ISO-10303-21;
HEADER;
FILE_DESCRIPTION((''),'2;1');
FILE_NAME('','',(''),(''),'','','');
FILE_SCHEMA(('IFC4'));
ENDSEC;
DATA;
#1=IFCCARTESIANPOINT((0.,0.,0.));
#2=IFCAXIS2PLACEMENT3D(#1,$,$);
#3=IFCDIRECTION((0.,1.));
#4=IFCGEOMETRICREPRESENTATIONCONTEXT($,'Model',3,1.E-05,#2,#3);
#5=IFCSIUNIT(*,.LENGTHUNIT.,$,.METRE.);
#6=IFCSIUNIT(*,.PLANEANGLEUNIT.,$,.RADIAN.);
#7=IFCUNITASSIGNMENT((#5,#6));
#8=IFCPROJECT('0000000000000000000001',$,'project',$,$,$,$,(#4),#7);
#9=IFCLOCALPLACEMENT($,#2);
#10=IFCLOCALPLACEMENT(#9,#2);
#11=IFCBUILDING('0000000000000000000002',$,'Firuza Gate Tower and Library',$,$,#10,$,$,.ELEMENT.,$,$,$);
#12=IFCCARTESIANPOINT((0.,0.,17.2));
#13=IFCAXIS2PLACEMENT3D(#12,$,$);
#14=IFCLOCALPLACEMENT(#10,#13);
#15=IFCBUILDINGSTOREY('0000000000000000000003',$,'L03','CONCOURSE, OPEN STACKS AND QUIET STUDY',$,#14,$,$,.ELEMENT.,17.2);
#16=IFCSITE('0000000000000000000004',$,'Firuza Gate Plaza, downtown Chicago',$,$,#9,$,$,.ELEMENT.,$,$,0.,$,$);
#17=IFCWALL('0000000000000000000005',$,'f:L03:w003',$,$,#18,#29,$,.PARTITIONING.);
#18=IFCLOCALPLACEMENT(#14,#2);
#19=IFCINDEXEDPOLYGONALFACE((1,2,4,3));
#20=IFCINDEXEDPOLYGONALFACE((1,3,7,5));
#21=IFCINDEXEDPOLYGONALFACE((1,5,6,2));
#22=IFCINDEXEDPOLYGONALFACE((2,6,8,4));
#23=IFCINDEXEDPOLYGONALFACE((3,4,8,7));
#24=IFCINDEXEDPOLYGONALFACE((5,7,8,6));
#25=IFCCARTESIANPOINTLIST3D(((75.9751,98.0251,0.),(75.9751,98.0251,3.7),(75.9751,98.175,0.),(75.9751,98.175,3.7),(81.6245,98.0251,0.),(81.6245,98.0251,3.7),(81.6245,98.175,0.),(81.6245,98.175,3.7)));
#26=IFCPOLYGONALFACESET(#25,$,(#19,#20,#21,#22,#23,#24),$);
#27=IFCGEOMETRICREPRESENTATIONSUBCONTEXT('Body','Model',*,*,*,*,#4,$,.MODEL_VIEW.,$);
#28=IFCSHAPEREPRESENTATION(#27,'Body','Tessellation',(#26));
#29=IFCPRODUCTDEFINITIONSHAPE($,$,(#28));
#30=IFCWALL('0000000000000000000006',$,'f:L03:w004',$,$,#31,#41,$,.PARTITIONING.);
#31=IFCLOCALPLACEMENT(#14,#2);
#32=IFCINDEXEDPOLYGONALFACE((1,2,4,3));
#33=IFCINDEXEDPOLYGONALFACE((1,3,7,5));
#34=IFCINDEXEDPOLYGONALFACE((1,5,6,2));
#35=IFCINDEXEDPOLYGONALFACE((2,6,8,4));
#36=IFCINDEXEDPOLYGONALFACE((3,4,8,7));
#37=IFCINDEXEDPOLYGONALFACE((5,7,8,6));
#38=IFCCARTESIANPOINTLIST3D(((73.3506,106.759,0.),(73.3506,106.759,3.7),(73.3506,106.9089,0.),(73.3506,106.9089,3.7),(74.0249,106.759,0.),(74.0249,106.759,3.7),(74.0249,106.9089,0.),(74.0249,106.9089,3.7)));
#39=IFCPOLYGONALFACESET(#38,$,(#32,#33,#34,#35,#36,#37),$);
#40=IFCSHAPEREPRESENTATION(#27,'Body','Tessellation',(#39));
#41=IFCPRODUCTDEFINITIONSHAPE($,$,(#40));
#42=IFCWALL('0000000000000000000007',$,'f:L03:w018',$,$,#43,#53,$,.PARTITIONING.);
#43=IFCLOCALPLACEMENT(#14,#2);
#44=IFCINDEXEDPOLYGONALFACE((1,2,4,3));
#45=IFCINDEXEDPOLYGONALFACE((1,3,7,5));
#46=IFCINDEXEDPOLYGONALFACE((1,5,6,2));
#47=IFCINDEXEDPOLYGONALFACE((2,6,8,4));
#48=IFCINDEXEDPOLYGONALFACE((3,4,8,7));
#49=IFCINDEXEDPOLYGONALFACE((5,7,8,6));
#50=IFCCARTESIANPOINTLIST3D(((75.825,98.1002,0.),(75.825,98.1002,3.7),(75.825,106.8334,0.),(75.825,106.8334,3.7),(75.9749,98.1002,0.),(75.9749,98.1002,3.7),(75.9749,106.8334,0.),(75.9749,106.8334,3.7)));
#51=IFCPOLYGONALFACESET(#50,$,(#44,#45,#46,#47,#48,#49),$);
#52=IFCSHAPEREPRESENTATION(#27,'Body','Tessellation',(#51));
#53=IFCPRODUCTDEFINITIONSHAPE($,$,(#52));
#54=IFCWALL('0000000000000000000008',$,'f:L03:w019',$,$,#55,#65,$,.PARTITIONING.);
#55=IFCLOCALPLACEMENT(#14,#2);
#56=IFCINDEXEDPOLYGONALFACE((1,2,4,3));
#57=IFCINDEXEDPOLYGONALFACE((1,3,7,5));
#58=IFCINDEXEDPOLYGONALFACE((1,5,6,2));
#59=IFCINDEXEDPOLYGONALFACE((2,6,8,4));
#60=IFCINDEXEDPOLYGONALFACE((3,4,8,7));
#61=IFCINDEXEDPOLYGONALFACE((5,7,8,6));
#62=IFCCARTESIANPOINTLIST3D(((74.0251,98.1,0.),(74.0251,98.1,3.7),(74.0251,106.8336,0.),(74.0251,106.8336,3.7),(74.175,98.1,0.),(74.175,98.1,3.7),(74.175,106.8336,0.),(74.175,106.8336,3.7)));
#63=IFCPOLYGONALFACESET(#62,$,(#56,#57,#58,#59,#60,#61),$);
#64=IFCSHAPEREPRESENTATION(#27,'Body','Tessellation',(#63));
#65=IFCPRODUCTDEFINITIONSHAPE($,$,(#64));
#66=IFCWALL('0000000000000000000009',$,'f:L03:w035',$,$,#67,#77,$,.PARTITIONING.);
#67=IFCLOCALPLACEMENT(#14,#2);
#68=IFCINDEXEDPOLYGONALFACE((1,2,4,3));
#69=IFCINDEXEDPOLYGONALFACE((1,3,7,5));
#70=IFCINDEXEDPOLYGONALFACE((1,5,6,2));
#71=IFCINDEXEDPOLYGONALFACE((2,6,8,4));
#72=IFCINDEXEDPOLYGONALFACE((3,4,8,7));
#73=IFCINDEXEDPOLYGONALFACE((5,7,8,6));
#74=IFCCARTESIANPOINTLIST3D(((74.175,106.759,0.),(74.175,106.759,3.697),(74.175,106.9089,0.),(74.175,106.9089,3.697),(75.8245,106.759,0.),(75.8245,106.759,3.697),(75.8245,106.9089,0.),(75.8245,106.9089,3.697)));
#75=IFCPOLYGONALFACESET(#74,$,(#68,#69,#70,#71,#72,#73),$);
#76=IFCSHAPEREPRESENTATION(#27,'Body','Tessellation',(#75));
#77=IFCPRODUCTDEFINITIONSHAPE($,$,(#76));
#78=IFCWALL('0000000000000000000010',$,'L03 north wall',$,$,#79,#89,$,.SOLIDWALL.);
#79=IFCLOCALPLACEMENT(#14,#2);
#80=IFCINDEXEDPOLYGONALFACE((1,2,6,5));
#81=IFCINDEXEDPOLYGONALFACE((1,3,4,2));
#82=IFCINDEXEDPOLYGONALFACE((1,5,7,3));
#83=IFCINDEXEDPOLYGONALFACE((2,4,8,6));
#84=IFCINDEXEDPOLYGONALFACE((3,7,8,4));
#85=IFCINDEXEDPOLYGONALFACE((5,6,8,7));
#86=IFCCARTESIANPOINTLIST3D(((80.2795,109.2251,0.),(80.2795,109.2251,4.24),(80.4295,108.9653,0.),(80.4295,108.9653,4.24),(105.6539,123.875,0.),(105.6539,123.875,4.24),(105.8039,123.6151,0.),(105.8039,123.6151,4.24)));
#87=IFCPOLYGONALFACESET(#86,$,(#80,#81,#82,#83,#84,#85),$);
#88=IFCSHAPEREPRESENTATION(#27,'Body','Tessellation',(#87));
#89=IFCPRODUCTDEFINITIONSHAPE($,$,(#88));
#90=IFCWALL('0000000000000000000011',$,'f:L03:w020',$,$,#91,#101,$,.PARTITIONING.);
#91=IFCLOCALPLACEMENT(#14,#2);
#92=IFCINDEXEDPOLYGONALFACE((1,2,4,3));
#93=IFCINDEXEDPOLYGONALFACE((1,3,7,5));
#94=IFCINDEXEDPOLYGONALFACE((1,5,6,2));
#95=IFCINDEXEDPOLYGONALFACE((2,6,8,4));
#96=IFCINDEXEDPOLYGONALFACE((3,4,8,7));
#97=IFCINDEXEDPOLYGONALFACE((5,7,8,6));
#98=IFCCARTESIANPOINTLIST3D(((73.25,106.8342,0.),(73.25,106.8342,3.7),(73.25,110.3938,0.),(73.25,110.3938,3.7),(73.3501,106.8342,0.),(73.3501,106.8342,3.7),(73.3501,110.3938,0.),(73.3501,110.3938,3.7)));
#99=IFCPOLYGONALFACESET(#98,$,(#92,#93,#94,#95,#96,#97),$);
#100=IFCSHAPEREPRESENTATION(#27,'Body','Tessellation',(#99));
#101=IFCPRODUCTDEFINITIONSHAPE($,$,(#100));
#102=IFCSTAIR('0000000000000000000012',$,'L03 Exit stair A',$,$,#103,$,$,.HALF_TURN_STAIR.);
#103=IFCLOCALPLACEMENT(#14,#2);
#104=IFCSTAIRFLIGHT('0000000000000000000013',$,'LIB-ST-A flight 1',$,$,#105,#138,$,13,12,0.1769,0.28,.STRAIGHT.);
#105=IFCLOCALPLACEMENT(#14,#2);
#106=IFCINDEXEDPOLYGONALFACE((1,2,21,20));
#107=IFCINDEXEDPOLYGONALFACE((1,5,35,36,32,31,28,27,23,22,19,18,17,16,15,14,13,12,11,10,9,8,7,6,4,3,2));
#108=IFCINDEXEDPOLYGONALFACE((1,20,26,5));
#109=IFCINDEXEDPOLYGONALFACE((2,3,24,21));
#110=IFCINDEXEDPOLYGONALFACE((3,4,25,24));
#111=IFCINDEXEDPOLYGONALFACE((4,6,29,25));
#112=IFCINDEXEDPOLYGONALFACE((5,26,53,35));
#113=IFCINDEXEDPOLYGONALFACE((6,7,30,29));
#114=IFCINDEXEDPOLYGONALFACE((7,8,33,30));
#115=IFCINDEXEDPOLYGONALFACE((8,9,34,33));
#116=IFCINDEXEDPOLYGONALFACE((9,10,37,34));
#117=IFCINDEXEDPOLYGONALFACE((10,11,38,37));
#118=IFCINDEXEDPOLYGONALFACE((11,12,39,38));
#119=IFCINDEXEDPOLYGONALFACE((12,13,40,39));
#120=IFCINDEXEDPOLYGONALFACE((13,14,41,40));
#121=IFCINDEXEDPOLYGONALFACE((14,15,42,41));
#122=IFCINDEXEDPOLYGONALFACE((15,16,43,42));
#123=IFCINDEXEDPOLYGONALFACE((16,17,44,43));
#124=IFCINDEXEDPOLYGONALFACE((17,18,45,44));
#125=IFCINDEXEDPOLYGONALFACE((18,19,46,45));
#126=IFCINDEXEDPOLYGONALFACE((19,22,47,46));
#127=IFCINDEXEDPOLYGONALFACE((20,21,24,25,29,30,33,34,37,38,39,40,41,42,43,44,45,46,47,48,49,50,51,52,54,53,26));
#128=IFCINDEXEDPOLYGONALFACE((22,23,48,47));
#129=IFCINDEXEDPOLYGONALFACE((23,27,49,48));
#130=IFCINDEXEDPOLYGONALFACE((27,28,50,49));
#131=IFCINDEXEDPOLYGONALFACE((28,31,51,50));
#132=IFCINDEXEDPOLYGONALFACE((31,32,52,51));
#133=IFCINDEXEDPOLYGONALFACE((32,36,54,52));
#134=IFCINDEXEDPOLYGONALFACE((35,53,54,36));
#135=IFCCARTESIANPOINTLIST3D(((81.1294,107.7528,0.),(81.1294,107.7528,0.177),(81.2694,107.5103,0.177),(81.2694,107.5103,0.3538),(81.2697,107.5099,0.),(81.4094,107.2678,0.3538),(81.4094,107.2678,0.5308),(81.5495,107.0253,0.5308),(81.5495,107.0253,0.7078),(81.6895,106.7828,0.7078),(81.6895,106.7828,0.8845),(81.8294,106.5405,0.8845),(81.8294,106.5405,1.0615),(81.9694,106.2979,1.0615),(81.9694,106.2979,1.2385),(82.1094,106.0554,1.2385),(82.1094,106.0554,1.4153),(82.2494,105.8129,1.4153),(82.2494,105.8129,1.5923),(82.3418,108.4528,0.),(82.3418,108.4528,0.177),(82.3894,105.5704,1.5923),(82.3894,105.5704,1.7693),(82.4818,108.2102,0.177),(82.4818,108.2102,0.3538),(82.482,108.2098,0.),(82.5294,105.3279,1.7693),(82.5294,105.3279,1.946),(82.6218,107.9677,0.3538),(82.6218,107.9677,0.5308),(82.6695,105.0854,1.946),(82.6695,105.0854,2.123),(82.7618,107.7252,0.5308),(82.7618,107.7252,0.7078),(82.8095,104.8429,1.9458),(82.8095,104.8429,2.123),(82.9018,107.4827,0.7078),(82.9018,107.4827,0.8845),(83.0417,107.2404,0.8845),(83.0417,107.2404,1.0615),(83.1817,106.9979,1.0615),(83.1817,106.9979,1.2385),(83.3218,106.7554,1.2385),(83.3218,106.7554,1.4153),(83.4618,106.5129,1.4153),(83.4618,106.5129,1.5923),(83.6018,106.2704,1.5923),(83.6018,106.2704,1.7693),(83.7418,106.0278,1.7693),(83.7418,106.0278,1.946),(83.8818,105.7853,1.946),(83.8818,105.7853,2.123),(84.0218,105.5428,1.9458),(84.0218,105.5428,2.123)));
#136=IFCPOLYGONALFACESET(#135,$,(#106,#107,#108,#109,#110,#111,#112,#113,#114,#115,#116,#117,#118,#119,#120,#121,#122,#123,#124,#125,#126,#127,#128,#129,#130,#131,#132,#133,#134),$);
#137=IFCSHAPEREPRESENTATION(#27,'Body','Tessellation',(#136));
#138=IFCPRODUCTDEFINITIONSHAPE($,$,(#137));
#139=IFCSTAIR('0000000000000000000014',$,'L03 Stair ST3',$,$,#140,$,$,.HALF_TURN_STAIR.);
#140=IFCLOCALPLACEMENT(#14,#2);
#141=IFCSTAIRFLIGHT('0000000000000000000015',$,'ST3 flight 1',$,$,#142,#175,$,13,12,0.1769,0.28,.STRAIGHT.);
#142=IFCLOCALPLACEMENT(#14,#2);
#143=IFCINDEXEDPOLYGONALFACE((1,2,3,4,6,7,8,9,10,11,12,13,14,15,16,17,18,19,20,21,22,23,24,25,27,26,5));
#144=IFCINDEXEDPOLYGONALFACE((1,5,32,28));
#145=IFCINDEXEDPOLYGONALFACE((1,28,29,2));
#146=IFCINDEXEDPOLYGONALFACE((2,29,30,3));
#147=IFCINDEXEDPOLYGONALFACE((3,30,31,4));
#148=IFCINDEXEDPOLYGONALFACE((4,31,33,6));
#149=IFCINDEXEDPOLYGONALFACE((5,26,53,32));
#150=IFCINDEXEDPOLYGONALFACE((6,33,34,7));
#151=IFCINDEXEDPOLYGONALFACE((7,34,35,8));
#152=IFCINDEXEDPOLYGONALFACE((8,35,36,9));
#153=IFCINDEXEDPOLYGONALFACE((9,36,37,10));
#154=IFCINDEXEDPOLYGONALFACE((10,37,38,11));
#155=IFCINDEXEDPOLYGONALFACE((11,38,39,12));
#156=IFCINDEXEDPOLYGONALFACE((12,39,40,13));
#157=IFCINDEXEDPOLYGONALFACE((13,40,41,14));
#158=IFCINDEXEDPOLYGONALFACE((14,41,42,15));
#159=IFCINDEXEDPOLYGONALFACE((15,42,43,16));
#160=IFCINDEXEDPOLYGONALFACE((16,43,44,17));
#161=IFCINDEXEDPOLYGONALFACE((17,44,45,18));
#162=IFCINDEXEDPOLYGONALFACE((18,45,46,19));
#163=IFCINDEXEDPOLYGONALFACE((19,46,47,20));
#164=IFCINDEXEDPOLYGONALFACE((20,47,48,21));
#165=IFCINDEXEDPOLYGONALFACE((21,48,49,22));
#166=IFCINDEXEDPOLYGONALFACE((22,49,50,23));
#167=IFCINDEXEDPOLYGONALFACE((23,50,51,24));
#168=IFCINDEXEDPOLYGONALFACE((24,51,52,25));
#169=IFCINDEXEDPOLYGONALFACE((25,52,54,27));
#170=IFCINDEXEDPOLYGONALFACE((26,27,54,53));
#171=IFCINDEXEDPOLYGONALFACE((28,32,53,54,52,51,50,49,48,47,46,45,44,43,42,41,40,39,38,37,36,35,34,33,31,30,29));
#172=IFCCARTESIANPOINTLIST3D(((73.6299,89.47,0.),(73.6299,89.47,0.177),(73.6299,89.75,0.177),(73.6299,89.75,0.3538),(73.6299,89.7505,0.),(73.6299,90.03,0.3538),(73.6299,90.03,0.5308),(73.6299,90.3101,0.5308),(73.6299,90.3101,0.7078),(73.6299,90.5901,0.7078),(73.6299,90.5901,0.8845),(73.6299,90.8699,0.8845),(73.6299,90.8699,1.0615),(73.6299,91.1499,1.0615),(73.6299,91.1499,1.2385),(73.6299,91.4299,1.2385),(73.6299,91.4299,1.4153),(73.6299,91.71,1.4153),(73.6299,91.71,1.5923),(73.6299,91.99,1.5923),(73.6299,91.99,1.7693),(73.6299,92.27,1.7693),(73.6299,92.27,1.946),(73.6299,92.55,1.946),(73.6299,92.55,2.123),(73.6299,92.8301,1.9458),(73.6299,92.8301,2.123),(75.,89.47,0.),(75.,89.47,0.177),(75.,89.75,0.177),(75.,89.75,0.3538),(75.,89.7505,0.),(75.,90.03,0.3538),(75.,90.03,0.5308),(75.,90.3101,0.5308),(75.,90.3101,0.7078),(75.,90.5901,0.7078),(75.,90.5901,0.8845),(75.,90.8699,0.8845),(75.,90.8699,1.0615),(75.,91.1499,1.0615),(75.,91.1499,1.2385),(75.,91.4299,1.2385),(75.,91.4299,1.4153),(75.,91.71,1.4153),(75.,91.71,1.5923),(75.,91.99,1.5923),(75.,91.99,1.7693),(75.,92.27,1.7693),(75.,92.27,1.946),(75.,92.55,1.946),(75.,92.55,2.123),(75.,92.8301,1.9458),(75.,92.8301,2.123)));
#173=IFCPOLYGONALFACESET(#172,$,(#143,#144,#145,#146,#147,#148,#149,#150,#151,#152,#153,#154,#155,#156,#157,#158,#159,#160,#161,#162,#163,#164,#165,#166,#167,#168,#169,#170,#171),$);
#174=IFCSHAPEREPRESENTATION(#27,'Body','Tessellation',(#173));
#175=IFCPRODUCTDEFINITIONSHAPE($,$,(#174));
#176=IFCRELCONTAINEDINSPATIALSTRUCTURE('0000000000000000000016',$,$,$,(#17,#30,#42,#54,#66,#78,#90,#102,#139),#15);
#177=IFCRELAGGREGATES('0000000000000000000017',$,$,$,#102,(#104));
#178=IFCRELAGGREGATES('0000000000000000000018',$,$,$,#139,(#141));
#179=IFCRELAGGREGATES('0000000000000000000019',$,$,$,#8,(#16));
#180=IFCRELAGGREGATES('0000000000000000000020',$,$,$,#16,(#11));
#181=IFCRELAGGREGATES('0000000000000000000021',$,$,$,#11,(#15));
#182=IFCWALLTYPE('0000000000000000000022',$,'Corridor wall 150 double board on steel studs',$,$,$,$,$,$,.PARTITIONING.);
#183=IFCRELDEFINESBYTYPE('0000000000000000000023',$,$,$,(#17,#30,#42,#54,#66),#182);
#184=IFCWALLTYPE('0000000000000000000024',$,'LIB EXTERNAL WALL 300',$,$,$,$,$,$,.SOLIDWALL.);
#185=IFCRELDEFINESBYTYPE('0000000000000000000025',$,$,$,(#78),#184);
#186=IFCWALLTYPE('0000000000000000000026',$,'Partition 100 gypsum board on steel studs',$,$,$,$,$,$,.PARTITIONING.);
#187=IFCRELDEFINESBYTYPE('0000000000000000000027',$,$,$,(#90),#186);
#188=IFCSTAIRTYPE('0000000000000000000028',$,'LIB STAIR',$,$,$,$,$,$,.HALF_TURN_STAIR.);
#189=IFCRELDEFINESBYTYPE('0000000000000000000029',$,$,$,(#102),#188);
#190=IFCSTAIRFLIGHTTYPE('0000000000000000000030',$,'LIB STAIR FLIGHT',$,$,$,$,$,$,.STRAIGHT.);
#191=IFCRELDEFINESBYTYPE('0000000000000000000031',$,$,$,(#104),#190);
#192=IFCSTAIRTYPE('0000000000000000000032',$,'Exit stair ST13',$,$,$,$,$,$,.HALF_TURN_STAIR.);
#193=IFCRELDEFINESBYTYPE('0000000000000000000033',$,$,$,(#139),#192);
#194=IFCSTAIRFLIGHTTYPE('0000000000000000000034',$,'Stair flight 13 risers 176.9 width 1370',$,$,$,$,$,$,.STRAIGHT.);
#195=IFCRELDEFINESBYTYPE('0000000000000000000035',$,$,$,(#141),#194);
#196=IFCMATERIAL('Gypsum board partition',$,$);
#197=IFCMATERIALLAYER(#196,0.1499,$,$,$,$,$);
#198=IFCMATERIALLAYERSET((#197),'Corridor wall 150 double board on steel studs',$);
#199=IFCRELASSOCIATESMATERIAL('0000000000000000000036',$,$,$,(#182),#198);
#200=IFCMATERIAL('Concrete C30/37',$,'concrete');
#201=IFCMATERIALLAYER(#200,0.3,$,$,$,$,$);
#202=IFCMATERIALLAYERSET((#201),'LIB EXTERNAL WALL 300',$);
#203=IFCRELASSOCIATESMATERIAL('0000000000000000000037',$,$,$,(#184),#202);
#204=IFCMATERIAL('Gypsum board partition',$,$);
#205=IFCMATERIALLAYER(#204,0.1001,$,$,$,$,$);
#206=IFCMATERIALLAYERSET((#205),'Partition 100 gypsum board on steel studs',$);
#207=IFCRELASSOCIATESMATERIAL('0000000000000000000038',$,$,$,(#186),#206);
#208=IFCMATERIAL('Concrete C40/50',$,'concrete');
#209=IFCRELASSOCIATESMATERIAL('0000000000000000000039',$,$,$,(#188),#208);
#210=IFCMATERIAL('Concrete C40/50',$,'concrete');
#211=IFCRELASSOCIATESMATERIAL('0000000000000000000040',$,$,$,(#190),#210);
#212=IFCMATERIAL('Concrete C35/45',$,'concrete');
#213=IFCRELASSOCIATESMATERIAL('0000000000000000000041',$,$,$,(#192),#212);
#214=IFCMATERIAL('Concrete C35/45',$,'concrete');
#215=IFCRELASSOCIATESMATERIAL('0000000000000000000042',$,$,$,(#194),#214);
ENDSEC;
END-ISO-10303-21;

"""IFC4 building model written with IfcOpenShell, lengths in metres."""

from ifc_helpers import new_model, si_unit, direction, frame, frame_2d, origin, place, context, subcontext, project, spatial, polyline, rectangle, outline, extrude, material, layer, layer_set, type_object, element, aggregate, save


model = new_model("IFC4")

# Units and contexts
model_context = context("Model", 3, precision=1e-05, world=origin(), true_north=direction((0.0, 1.0)))
body_context = subcontext(model_context, "Body", "Model", "MODEL_VIEW")
ifc_project = project(units=[si_unit("LENGTHUNIT", "METRE"), si_unit("PLANEANGLEUNIT", "RADIAN")], contexts=[model_context])

# Site, building, storey
site_placement = place(None, origin())
site = spatial("IfcSite", under=ifc_project, at=site_placement, Name="Firuza Gate Plaza, downtown Chicago", CompositionType="ELEMENT", RefElevation=0.0)
building_placement = place(site_placement, origin())
building = spatial("IfcBuilding", under=site, at=building_placement, Name="Firuza Gate Tower and Library", CompositionType="ELEMENT")
storey_placement = place(building_placement, frame((0.0, 0.0, 17.2)))
storey = spatial("IfcBuildingStorey", under=building, at=storey_placement, Name="L03", Description="CONCOURSE, OPEN STACKS AND QUIET STUDY", CompositionType="ELEMENT", Elevation=17.2)

# Shared definitions
placement = place(storey_placement, origin())

# Walls
ifc_material_1 = material(Name="Gypsum board partition")
ifc_layer_1 = layer(ifc_material_1, 0.1499)
ifc_layer_set_1 = layer_set([ifc_layer_1], Name="Corridor wall 150 double board on steel studs")
wall_type_1 = type_object("IfcWallType", Name="Corridor wall 150 double board on steel studs", PredefinedType="PARTITIONING", material=ifc_layer_set_1)
wall_1_placement = place(storey_placement, frame((75.9751, 98.1001, 0.0), z_axis=(0.0, 0.0, 1.0), x_axis=(1.0, 0.0, 0.0)))
element("IfcWall", 1, at=wall_1_placement, inside=storey, type_object=wall_type_1, Name="f:L03:w003", PredefinedType="PARTITIONING", context=body_context, shape_type="SweptSolid", body=[
    extrude(rectangle(XDim=5.6494, YDim=0.1499, at=frame_2d((2.8247, 0.0))), origin(), (0.0, 0.0, 1.0), 3.7),
])
wall_2_placement = place(storey_placement, frame((73.3506, 106.834, 0.0), z_axis=(0.0, 0.0, 1.0), x_axis=(1.0, 0.0, 0.0)))
element("IfcWall", 2, at=wall_2_placement, inside=storey, type_object=wall_type_1, Name="f:L03:w004", PredefinedType="PARTITIONING", context=body_context, shape_type="SweptSolid", body=[
    extrude(rectangle(XDim=0.6743, YDim=0.1499, at=frame_2d((0.3372, 0.0))), origin(), (0.0, 0.0, 1.0), 3.7),
])
wall_3_placement = place(storey_placement, frame((75.8999, 98.1001, 0.0), z_axis=(0.0, 0.0, 1.0), x_axis=(0.0, 1.0, 0.0)))
element("IfcWall", 3, at=wall_3_placement, inside=storey, type_object=wall_type_1, Name="f:L03:w018", PredefinedType="PARTITIONING", context=body_context, shape_type="SweptSolid", body=[
    extrude(rectangle(XDim=8.7332, YDim=0.1499, at=frame_2d((4.3667, 0.0))), origin(), (0.0, 0.0, 1.0), 3.7),
])
wall_4_placement = place(storey_placement, frame((74.1001, 98.1001, 0.0), z_axis=(0.0, 0.0, 1.0), x_axis=(0.0, 1.0, 0.0)))
element("IfcWall", 4, at=wall_4_placement, inside=storey, type_object=wall_type_1, Name="f:L03:w019", PredefinedType="PARTITIONING", context=body_context, shape_type="SweptSolid", body=[
    extrude(rectangle(XDim=8.7336, YDim=0.1499, at=frame_2d((4.3667, 0.0))), origin(), (0.0, 0.0, 1.0), 3.7),
])
wall_5_placement = place(storey_placement, frame((74.175, 106.834, 0.0), z_axis=(0.0, 0.0, 1.0), x_axis=(1.0, 0.0, 0.0)))
element("IfcWall", 5, at=wall_5_placement, inside=storey, type_object=wall_type_1, Name="f:L03:w035", PredefinedType="PARTITIONING", context=body_context, shape_type="SweptSolid", body=[
    extrude(rectangle(XDim=1.6494, YDim=0.1499, at=frame_2d((0.8247, 0.0))), origin(), (0.0, 0.0, 1.0), 3.697),
])
ifc_material_2 = material(Name="Concrete C30/37", Category="concrete")
ifc_layer_2 = layer(ifc_material_2, 0.3)
ifc_layer_set_2 = layer_set([ifc_layer_2], Name="LIB EXTERNAL WALL 300")
wall_type_2 = type_object("IfcWallType", Name="LIB EXTERNAL WALL 300", PredefinedType="SOLIDWALL", material=ifc_layer_set_2)
wall_6_placement = place(storey_placement, frame((80.3545, 109.0952, 0.0), z_axis=(0.0, 0.0, 1.0), x_axis=(0.866027, 0.499998, 0.0)))
element("IfcWall", 6, at=wall_6_placement, inside=storey, type_object=wall_type_2, Name="L03 north wall", PredefinedType="SOLIDWALL", context=body_context, shape_type="SweptSolid", body=[
    extrude(rectangle(XDim=29.2998, YDim=0.3, at=frame_2d((14.6499, 0.0))), origin(), (0.0, 0.0, 1.0), 4.24),
])
ifc_material_3 = material(Name="Gypsum board partition")
ifc_layer_3 = layer(ifc_material_3, 0.1001)
ifc_layer_set_3 = layer_set([ifc_layer_3], Name="Partition 100 gypsum board on steel studs")
wall_type_3 = type_object("IfcWallType", Name="Partition 100 gypsum board on steel studs", PredefinedType="PARTITIONING", material=ifc_layer_set_3)
wall_7_placement = place(storey_placement, frame((73.3, 106.8342, 0.0), z_axis=(0.0, 0.0, 1.0), x_axis=(0.0, 1.0, 0.0)))
element("IfcWall", 7, at=wall_7_placement, inside=storey, type_object=wall_type_3, Name="f:L03:w020", PredefinedType="PARTITIONING", context=body_context, shape_type="SweptSolid", body=[
    extrude(rectangle(XDim=3.5596, YDim=0.1001, at=frame_2d((1.7798, 0.0))), origin(), (0.0, 0.0, 1.0), 3.7),
])

# Stairs, stair flights
ifc_material_4 = material(Name="Concrete C40/50", Category="concrete")
stair_type_1 = type_object("IfcStairType", Name="LIB STAIR", PredefinedType="HALF_TURN_STAIR", material=ifc_material_4)
stair_1 = element("IfcStair", 8, at=placement, inside=storey, type_object=stair_type_1, Name="L03 Exit stair A", PredefinedType="HALF_TURN_STAIR")
ifc_material_5 = material(Name="Concrete C40/50", Category="concrete")
stair_flight_type_1 = type_object("IfcStairFlightType", Name="LIB STAIR FLIGHT", PredefinedType="STRAIGHT", material=ifc_material_5)
stair_flight_1_placement = place(storey_placement, frame((81.7356, 108.1028, 0.0), z_axis=(0.0, 0.0, 1.0), x_axis=(0.5, -0.866025, 0.0)))
stair_flight_1 = element("IfcStairFlight", 9, at=stair_flight_1_placement, type_object=stair_flight_type_1, Name="LIB-ST-A flight 1", NumberOfRisers=13, NumberOfTreads=12, PredefinedType="STRAIGHT", RiserHeight=0.1769, TreadLength=0.28, context=body_context, shape_type="SweptSolid", body=[
    extrude(outline(polyline([(0.0, 0.0), (0.0, 0.177), (0.28, 0.177), (0.28, 0.3538), (0.5601, 0.3538), (0.5601, 0.5308), (0.8401, 0.5308), (0.8401, 0.7078), (1.1201, 0.7078), (1.1201, 0.8845), (1.3999, 0.8845), (1.3999, 1.0615), (1.6799, 1.0615), (1.6799, 1.2385), (1.96, 1.2385), (1.96, 1.4153), (2.24, 1.4153), (2.24, 1.5923), (2.52, 1.5923), (2.52, 1.7693), (2.8, 1.7693), (2.8, 1.946), (3.0801, 1.946), (3.0801, 2.123), (3.3601, 2.123), (3.3601, 2.3), (3.3601, 1.9458), (0.2805, 0.0), (0.0, 0.0)])), frame((0.0, 0.7, 0.0), z_axis=(0.0, -1.0, 0.0), x_axis=(1.0, 0.0, 0.0)), (0.0, 0.0, 1.0), 1.3999),
])
aggregate(stair_1, [stair_flight_1])
ifc_material_6 = material(Name="Concrete C35/45", Category="concrete")
stair_type_2 = type_object("IfcStairType", Name="Exit stair ST13", PredefinedType="HALF_TURN_STAIR", material=ifc_material_6)
stair_2 = element("IfcStair", 10, at=placement, inside=storey, type_object=stair_type_2, Name="L03 Stair ST3", PredefinedType="HALF_TURN_STAIR")
ifc_material_7 = material(Name="Concrete C35/45", Category="concrete")
stair_flight_type_2 = type_object("IfcStairFlightType", Name="Stair flight 13 risers 176.9 width 1370", PredefinedType="STRAIGHT", material=ifc_material_7)
stair_flight_2_placement = place(storey_placement, frame((74.3149, 89.47, 0.0), z_axis=(0.0, 0.0, 1.0), x_axis=(0.0, 1.0, 0.0)))
stair_flight_2 = element("IfcStairFlight", 11, at=stair_flight_2_placement, type_object=stair_flight_type_2, Name="ST3 flight 1", NumberOfRisers=13, NumberOfTreads=12, PredefinedType="STRAIGHT", RiserHeight=0.1769, TreadLength=0.28, context=body_context, shape_type="SweptSolid", body=[
    extrude(outline(polyline([(0.0, 0.0), (0.0, 0.177), (0.28, 0.177), (0.28, 0.3538), (0.5601, 0.3538), (0.5601, 0.5308), (0.8401, 0.5308), (0.8401, 0.7078), (1.1201, 0.7078), (1.1201, 0.8845), (1.3999, 0.8845), (1.3999, 1.0615), (1.6799, 1.0615), (1.6799, 1.2385), (1.96, 1.2385), (1.96, 1.4153), (2.24, 1.4153), (2.24, 1.5923), (2.52, 1.5923), (2.52, 1.7693), (2.8, 1.7693), (2.8, 1.946), (3.0801, 1.946), (3.0801, 2.123), (3.3601, 2.123), (3.3601, 2.3), (3.3601, 1.9458), (0.2805, 0.0), (0.0, 0.0)])), frame((0.0, 0.6851, 0.0), z_axis=(0.0, -1.0, 0.0), x_axis=(1.0, 0.0, 0.0)), (0.0, 0.0, 1.0), 1.3701),
])
aggregate(stair_2, [stair_flight_2])

save(model, "model.ifc")
